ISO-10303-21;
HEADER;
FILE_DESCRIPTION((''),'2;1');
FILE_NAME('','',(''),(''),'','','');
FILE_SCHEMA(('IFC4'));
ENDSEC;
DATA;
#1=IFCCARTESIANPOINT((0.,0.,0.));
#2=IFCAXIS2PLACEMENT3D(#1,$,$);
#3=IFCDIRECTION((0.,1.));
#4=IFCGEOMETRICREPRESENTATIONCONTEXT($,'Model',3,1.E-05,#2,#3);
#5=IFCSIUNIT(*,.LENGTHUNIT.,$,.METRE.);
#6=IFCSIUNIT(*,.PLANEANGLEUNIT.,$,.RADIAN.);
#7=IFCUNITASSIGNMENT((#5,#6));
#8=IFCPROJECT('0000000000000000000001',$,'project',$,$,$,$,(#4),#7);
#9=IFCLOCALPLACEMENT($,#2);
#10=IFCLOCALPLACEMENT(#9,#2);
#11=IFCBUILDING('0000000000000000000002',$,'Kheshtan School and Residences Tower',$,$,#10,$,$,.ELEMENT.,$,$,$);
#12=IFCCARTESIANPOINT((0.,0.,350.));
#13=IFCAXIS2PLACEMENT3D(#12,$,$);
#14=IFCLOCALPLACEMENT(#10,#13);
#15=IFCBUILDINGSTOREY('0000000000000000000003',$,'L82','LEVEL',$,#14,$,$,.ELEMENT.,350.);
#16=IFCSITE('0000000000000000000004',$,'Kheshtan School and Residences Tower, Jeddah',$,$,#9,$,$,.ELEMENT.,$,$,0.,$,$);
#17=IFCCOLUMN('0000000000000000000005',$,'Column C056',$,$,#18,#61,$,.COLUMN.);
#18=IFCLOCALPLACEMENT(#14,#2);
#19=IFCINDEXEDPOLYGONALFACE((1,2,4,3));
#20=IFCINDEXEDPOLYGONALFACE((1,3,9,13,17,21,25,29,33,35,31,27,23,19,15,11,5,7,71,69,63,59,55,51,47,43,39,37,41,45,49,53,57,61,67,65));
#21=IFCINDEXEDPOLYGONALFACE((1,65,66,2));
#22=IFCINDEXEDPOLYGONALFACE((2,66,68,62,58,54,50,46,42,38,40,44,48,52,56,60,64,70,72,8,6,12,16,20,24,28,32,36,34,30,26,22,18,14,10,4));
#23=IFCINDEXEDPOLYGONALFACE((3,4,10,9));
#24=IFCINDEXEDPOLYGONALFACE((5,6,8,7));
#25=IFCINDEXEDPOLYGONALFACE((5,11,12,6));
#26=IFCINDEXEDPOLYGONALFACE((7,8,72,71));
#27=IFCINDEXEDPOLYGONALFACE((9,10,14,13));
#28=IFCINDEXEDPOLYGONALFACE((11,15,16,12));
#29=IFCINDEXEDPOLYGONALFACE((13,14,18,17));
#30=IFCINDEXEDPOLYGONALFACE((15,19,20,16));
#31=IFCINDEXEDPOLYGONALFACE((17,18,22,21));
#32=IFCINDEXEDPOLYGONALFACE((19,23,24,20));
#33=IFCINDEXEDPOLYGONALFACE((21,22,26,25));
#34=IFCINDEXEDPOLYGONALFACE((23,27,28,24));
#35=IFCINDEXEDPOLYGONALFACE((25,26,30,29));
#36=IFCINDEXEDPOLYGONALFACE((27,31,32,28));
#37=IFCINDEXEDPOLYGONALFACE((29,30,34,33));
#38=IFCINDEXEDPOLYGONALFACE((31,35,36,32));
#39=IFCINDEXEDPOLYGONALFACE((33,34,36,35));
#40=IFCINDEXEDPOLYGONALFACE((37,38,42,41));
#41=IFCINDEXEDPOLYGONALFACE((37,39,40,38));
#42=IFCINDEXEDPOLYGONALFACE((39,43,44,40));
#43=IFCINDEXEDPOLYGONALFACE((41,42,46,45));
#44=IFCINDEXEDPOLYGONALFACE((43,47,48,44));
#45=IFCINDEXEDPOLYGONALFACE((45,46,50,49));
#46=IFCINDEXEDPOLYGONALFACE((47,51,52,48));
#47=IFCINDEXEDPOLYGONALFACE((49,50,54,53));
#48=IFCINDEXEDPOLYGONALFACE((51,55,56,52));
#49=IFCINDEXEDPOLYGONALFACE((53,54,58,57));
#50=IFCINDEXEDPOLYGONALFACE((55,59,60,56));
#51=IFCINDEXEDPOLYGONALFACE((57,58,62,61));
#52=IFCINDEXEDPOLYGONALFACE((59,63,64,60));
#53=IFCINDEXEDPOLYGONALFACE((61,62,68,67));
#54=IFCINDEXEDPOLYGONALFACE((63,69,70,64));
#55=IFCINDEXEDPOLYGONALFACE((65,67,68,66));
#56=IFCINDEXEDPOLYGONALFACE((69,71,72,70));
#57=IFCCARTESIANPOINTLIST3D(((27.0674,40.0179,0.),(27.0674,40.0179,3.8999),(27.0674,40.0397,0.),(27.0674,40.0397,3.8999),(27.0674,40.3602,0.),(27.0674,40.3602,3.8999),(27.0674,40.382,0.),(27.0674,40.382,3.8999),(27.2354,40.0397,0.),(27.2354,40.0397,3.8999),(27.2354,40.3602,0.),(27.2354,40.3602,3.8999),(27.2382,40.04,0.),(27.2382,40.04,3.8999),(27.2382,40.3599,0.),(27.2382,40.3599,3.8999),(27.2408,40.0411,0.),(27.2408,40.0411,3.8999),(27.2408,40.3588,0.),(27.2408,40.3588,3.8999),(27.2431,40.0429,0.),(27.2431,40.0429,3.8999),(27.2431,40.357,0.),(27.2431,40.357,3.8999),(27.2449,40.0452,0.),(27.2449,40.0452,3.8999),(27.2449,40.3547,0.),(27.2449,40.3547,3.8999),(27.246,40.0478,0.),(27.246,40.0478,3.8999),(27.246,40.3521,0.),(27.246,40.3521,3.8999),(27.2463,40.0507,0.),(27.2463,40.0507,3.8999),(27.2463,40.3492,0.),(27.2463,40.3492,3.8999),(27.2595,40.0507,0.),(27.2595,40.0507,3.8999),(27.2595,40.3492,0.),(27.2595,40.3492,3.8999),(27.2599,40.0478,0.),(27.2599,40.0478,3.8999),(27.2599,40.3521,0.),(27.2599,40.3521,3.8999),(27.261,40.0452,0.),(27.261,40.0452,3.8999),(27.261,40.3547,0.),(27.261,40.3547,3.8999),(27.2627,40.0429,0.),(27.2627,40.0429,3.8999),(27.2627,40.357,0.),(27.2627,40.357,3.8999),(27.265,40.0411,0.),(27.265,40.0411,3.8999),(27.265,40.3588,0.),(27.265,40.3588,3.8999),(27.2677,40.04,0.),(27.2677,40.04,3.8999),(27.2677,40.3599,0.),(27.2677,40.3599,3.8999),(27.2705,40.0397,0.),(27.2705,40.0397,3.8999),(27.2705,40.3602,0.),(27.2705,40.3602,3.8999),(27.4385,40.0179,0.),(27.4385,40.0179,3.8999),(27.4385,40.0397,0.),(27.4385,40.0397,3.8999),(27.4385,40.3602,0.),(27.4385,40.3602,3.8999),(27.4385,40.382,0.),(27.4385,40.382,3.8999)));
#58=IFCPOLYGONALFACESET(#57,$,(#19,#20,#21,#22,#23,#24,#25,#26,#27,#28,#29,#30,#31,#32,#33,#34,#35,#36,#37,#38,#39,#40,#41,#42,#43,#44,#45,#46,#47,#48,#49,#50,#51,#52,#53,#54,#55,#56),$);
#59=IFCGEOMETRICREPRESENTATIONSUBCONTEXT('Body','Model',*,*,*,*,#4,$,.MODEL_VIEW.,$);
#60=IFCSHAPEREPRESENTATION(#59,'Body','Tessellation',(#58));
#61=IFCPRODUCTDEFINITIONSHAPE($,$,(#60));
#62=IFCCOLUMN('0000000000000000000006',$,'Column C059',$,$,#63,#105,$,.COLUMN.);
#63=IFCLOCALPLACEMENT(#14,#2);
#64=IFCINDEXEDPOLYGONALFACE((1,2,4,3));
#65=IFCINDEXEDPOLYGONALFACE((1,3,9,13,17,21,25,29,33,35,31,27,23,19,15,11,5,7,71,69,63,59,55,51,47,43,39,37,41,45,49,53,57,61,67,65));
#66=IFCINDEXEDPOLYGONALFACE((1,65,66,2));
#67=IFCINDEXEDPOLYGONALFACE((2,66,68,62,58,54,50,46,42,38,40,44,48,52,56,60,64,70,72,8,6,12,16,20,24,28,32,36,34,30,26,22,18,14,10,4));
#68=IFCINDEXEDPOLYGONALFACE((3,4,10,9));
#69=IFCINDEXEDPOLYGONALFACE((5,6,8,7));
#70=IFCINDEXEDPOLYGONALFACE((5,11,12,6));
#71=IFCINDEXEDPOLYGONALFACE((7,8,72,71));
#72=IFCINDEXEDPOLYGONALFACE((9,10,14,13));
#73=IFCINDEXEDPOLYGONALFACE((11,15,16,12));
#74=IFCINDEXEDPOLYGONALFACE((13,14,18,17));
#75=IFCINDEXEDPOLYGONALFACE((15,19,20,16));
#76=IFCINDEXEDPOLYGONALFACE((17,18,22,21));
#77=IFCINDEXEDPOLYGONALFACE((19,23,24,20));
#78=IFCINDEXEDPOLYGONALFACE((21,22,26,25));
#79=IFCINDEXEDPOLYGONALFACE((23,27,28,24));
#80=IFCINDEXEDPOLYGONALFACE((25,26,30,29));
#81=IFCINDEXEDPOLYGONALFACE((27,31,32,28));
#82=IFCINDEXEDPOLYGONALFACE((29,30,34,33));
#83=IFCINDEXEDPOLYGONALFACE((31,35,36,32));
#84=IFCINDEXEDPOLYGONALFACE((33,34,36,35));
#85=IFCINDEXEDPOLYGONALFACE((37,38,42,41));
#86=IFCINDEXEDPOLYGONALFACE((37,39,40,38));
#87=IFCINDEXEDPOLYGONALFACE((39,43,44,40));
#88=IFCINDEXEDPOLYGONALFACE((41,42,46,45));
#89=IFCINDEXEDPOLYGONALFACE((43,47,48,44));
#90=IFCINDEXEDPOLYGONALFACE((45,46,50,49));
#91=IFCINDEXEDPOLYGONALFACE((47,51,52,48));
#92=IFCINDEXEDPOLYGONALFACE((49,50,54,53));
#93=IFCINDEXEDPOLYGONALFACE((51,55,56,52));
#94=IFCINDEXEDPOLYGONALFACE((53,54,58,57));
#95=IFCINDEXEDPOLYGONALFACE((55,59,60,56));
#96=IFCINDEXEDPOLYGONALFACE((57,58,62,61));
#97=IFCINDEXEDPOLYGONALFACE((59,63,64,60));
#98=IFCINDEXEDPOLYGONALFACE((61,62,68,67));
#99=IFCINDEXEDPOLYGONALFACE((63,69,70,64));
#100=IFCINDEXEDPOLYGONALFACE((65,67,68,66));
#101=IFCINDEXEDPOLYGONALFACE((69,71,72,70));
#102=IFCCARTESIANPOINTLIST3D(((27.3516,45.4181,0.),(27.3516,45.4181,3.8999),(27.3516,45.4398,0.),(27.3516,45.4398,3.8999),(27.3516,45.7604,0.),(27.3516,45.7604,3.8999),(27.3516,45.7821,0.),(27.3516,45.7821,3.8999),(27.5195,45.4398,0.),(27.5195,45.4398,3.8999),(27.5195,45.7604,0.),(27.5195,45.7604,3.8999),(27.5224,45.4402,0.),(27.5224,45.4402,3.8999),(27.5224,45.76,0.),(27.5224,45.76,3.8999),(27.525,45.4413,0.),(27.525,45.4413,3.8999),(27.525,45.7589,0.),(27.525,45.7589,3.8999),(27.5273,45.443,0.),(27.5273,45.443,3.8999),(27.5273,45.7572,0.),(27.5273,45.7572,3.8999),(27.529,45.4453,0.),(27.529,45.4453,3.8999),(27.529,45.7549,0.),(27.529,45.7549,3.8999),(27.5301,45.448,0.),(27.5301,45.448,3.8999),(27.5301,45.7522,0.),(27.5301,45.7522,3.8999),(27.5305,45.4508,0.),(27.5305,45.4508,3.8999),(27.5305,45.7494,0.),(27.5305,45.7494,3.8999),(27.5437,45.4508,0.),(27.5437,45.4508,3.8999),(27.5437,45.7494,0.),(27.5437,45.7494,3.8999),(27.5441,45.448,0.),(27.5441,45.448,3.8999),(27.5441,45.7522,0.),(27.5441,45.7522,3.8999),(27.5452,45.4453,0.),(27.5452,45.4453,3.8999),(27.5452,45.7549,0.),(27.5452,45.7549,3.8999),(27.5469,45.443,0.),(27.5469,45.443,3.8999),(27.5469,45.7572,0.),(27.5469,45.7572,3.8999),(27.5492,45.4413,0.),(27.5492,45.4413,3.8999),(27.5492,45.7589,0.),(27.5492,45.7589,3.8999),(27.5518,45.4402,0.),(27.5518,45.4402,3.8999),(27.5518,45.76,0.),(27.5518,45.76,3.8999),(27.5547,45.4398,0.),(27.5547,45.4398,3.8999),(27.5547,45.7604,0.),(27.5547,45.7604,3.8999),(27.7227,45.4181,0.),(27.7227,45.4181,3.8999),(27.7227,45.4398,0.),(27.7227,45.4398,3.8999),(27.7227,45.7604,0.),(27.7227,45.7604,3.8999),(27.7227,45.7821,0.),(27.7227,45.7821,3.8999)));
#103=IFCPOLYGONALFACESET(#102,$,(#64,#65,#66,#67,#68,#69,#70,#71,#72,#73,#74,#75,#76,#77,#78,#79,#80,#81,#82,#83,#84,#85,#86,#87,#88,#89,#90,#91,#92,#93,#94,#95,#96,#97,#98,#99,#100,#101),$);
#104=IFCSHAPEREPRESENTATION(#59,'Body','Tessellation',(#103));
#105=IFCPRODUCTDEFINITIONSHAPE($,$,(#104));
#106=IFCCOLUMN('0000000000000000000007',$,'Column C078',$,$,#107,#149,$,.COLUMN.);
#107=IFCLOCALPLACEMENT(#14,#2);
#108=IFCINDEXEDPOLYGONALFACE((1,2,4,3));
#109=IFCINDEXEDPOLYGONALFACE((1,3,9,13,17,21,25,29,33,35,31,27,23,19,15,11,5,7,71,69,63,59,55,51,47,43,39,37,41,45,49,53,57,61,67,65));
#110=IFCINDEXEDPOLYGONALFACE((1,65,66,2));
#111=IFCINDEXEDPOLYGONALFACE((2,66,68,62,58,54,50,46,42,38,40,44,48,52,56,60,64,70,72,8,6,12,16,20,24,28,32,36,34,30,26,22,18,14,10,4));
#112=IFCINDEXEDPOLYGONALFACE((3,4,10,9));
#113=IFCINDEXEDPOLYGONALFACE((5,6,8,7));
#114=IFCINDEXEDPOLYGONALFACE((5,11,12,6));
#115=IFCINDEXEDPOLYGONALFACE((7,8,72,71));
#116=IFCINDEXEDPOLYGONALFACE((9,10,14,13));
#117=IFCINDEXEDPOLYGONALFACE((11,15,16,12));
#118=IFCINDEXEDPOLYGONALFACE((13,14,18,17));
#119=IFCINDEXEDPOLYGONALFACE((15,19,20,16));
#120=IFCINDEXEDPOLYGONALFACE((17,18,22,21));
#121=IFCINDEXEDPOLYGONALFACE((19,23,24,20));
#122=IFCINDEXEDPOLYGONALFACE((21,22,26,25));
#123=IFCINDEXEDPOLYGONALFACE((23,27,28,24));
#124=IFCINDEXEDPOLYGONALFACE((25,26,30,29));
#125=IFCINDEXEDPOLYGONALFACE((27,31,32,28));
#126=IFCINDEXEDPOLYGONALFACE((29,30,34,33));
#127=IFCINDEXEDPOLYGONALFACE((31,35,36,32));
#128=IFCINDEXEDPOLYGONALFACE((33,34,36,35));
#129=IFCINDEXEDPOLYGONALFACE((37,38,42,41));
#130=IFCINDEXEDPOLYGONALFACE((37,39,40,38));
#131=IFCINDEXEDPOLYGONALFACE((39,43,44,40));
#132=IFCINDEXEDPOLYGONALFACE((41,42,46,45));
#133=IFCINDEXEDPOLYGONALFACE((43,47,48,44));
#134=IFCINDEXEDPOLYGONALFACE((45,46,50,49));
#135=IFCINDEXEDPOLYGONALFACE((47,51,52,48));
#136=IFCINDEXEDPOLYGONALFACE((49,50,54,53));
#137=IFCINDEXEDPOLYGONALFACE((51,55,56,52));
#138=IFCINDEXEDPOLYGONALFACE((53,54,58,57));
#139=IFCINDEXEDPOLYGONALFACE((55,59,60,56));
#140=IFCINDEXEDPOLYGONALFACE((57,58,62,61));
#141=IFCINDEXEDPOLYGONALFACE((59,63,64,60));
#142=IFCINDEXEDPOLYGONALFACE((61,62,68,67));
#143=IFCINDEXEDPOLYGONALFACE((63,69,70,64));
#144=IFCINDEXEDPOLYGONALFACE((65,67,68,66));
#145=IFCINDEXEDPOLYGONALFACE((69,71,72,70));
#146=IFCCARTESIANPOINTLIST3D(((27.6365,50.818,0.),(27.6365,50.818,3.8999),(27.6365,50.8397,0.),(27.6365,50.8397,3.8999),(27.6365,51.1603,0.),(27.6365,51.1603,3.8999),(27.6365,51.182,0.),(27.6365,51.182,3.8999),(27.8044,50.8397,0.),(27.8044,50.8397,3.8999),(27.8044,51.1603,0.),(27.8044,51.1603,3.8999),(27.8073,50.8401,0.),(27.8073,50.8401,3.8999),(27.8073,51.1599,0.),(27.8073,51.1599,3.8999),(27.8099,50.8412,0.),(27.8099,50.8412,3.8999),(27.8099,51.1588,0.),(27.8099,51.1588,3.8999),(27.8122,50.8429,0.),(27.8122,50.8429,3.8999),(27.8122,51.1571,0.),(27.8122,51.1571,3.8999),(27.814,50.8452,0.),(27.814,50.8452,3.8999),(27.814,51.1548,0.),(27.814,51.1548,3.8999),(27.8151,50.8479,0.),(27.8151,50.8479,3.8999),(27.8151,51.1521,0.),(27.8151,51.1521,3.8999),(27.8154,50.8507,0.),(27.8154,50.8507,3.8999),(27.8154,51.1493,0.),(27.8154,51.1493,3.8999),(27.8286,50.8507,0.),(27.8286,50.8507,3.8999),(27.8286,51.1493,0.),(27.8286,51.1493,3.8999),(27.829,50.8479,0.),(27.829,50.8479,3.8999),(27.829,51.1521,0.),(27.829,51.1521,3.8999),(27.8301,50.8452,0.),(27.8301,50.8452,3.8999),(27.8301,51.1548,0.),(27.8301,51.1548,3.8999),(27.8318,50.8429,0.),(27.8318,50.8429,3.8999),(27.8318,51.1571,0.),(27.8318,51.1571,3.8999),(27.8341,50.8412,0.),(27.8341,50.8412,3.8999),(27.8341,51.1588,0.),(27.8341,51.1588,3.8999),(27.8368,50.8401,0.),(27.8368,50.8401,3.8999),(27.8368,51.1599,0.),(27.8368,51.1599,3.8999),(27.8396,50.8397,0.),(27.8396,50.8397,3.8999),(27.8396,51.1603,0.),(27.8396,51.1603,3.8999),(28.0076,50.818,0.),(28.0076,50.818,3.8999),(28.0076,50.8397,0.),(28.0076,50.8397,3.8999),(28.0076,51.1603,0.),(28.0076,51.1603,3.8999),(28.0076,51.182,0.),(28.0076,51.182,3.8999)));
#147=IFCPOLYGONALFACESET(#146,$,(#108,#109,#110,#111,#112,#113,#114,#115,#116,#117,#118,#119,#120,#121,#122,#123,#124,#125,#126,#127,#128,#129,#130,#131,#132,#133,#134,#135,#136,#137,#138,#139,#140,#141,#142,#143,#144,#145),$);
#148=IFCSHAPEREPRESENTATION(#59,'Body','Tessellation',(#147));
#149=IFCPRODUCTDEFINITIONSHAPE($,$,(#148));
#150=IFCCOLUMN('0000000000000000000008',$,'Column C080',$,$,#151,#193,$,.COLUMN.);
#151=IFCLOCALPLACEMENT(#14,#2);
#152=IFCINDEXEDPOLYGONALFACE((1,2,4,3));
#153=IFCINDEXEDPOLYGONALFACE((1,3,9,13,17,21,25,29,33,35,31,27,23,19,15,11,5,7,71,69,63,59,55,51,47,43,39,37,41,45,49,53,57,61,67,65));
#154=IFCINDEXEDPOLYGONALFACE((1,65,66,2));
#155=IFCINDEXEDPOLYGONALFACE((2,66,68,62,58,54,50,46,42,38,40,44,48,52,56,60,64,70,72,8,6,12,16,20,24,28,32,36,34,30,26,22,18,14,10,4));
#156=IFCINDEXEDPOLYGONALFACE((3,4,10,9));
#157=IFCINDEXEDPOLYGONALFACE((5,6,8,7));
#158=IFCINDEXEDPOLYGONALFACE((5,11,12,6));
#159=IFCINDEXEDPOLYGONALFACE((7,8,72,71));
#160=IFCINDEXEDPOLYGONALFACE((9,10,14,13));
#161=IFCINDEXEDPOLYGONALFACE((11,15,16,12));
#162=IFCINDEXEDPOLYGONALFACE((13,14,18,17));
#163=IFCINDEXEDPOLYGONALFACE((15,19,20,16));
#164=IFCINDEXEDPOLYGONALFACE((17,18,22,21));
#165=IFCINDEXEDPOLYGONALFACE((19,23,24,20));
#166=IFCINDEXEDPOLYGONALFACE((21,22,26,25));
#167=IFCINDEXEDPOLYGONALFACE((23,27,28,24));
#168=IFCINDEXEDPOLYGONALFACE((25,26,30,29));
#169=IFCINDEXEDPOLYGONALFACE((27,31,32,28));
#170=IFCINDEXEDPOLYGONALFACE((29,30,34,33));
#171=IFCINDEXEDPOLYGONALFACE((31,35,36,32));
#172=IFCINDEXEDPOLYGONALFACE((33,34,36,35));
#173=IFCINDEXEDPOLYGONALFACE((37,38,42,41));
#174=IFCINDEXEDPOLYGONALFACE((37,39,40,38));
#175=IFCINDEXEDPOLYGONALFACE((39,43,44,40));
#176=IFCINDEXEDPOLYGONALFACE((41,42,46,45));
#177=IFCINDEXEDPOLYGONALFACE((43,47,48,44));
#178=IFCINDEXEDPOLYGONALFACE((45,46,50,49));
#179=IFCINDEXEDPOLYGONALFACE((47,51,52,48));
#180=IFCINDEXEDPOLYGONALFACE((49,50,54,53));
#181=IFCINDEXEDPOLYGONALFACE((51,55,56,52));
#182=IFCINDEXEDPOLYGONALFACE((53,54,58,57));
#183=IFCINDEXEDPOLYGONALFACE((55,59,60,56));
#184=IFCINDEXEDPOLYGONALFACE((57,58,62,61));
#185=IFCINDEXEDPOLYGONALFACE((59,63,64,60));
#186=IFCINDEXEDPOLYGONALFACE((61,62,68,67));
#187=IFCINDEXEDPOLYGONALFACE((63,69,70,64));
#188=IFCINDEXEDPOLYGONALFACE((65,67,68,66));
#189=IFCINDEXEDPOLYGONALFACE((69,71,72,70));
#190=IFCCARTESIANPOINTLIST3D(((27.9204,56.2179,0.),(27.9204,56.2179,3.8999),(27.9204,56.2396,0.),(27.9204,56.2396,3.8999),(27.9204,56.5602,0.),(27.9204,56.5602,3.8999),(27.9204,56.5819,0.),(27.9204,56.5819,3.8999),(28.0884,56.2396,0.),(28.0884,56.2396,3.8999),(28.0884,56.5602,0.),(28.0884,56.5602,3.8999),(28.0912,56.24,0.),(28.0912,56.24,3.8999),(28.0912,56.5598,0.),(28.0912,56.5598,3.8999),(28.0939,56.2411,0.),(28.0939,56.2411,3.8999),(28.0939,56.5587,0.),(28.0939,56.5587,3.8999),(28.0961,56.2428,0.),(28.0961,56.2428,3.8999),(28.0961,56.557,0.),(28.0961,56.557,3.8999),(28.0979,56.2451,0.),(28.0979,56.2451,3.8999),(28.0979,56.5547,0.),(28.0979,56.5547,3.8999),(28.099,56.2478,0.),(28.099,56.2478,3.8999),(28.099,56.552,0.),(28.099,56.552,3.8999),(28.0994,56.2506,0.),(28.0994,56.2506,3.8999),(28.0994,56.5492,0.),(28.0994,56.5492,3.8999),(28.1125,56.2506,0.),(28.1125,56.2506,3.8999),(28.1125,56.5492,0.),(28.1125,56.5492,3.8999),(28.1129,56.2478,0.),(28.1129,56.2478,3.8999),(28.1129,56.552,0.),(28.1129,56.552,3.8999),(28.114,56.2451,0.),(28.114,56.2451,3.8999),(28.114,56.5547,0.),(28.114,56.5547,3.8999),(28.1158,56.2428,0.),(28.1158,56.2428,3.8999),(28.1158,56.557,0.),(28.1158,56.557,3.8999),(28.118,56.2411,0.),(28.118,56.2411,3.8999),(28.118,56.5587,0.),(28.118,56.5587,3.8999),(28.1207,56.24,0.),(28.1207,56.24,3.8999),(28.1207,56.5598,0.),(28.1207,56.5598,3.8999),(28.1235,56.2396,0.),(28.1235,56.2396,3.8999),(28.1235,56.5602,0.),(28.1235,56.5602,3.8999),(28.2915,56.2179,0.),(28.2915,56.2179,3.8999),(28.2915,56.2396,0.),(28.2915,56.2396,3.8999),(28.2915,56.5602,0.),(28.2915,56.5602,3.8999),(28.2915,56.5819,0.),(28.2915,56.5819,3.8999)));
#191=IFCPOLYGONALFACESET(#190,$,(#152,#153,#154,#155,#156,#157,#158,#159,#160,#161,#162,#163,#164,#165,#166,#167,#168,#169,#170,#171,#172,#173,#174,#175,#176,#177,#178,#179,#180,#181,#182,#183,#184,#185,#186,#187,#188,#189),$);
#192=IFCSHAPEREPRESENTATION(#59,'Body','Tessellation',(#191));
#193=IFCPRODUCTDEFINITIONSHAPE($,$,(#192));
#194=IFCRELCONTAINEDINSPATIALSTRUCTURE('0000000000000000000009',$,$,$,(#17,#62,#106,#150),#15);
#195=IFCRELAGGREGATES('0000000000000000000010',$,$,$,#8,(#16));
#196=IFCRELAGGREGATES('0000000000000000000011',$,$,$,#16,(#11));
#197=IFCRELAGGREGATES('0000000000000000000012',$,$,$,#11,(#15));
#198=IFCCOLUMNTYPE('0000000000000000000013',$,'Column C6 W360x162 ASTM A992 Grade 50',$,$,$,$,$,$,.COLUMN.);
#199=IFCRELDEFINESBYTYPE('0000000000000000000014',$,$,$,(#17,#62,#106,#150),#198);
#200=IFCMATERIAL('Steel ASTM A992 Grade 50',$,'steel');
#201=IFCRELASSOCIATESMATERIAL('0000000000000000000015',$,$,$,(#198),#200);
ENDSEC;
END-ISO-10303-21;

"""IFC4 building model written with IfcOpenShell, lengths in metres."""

from ifc_helpers import new_model, si_unit, direction, frame, origin, origin_2d, place, context, subcontext, project, spatial, i_section, extrude, material, material_profile, profile_set, type_object, element, save


model = new_model("IFC4")

# Units and contexts
model_context = context("Model", 3, precision=1e-05, world=origin(), true_north=direction((0.0, 1.0)))
body_context = subcontext(model_context, "Body", "Model", "MODEL_VIEW")
ifc_project = project(units=[si_unit("LENGTHUNIT", "METRE"), si_unit("PLANEANGLEUNIT", "RADIAN")], contexts=[model_context])

# Site, building, storey
site_placement = place(None, origin())
site = spatial("IfcSite", under=ifc_project, at=site_placement, Name="Kheshtan School and Residences Tower, Jeddah", CompositionType="ELEMENT", RefElevation=0.0)
building_placement = place(site_placement, origin())
building = spatial("IfcBuilding", under=site, at=building_placement, Name="Kheshtan School and Residences Tower", CompositionType="ELEMENT")
storey_placement = place(building_placement, frame((0.0, 0.0, 350.0)))
storey = spatial("IfcBuildingStorey", under=building, at=storey_placement, Name="L82", Description="LEVEL", CompositionType="ELEMENT", Elevation=350.0)

# Columns
ifc_material_1 = material(Name="Steel ASTM A992 Grade 50", Category="steel")
ifc_material_profile_1 = material_profile(ifc_material_1, i_section(OverallWidth=0.3711, OverallDepth=0.364, WebThickness=0.0132, FlangeThickness=0.0217, FilletRadius=0.011, at=origin_2d()), Name="W360x162")
ifc_profile_set_1 = profile_set([ifc_material_profile_1], Name="Steel ASTM A992 Grade 50")
column_type = type_object("IfcColumnType", Name="Column C6 W360x162 ASTM A992 Grade 50", PredefinedType="COLUMN", material=ifc_profile_set_1)
for number, where, z_axis, x_axis, name in (
    (1, (27.2529, 40.2, 0.0), (0.0, 0.0, 1.0), (1.0, 0.0, 0.0), "Column C056"),
    (2, (27.5371, 45.6001, 0.0), (0.0, 0.0, 1.0), (1.0, 0.0, 0.0), "Column C059"),
    (3, (27.822, 51.0, 0.0), (0.0, 0.0, 1.0), (1.0, 0.0, 0.0), "Column C078"),
    (4, (28.106, 56.3999, 0.0), (0.0, 0.0, 1.0), (1.0, 0.0, 0.0), "Column C080"),
):
    element("IfcColumn", number, at=place(storey_placement, frame(where, z_axis=z_axis, x_axis=x_axis)), inside=storey, type_object=column_type, Name=name, PredefinedType="COLUMN", context=body_context, shape_type="SweptSolid", body=[
        extrude(i_section(OverallWidth=0.3711, OverallDepth=0.364, WebThickness=0.0132, FlangeThickness=0.0217, FilletRadius=0.011, at=origin_2d()), origin(), (0.0, 0.0, 1.0), 3.8999),
    ])

save(model, "model.ifc")
